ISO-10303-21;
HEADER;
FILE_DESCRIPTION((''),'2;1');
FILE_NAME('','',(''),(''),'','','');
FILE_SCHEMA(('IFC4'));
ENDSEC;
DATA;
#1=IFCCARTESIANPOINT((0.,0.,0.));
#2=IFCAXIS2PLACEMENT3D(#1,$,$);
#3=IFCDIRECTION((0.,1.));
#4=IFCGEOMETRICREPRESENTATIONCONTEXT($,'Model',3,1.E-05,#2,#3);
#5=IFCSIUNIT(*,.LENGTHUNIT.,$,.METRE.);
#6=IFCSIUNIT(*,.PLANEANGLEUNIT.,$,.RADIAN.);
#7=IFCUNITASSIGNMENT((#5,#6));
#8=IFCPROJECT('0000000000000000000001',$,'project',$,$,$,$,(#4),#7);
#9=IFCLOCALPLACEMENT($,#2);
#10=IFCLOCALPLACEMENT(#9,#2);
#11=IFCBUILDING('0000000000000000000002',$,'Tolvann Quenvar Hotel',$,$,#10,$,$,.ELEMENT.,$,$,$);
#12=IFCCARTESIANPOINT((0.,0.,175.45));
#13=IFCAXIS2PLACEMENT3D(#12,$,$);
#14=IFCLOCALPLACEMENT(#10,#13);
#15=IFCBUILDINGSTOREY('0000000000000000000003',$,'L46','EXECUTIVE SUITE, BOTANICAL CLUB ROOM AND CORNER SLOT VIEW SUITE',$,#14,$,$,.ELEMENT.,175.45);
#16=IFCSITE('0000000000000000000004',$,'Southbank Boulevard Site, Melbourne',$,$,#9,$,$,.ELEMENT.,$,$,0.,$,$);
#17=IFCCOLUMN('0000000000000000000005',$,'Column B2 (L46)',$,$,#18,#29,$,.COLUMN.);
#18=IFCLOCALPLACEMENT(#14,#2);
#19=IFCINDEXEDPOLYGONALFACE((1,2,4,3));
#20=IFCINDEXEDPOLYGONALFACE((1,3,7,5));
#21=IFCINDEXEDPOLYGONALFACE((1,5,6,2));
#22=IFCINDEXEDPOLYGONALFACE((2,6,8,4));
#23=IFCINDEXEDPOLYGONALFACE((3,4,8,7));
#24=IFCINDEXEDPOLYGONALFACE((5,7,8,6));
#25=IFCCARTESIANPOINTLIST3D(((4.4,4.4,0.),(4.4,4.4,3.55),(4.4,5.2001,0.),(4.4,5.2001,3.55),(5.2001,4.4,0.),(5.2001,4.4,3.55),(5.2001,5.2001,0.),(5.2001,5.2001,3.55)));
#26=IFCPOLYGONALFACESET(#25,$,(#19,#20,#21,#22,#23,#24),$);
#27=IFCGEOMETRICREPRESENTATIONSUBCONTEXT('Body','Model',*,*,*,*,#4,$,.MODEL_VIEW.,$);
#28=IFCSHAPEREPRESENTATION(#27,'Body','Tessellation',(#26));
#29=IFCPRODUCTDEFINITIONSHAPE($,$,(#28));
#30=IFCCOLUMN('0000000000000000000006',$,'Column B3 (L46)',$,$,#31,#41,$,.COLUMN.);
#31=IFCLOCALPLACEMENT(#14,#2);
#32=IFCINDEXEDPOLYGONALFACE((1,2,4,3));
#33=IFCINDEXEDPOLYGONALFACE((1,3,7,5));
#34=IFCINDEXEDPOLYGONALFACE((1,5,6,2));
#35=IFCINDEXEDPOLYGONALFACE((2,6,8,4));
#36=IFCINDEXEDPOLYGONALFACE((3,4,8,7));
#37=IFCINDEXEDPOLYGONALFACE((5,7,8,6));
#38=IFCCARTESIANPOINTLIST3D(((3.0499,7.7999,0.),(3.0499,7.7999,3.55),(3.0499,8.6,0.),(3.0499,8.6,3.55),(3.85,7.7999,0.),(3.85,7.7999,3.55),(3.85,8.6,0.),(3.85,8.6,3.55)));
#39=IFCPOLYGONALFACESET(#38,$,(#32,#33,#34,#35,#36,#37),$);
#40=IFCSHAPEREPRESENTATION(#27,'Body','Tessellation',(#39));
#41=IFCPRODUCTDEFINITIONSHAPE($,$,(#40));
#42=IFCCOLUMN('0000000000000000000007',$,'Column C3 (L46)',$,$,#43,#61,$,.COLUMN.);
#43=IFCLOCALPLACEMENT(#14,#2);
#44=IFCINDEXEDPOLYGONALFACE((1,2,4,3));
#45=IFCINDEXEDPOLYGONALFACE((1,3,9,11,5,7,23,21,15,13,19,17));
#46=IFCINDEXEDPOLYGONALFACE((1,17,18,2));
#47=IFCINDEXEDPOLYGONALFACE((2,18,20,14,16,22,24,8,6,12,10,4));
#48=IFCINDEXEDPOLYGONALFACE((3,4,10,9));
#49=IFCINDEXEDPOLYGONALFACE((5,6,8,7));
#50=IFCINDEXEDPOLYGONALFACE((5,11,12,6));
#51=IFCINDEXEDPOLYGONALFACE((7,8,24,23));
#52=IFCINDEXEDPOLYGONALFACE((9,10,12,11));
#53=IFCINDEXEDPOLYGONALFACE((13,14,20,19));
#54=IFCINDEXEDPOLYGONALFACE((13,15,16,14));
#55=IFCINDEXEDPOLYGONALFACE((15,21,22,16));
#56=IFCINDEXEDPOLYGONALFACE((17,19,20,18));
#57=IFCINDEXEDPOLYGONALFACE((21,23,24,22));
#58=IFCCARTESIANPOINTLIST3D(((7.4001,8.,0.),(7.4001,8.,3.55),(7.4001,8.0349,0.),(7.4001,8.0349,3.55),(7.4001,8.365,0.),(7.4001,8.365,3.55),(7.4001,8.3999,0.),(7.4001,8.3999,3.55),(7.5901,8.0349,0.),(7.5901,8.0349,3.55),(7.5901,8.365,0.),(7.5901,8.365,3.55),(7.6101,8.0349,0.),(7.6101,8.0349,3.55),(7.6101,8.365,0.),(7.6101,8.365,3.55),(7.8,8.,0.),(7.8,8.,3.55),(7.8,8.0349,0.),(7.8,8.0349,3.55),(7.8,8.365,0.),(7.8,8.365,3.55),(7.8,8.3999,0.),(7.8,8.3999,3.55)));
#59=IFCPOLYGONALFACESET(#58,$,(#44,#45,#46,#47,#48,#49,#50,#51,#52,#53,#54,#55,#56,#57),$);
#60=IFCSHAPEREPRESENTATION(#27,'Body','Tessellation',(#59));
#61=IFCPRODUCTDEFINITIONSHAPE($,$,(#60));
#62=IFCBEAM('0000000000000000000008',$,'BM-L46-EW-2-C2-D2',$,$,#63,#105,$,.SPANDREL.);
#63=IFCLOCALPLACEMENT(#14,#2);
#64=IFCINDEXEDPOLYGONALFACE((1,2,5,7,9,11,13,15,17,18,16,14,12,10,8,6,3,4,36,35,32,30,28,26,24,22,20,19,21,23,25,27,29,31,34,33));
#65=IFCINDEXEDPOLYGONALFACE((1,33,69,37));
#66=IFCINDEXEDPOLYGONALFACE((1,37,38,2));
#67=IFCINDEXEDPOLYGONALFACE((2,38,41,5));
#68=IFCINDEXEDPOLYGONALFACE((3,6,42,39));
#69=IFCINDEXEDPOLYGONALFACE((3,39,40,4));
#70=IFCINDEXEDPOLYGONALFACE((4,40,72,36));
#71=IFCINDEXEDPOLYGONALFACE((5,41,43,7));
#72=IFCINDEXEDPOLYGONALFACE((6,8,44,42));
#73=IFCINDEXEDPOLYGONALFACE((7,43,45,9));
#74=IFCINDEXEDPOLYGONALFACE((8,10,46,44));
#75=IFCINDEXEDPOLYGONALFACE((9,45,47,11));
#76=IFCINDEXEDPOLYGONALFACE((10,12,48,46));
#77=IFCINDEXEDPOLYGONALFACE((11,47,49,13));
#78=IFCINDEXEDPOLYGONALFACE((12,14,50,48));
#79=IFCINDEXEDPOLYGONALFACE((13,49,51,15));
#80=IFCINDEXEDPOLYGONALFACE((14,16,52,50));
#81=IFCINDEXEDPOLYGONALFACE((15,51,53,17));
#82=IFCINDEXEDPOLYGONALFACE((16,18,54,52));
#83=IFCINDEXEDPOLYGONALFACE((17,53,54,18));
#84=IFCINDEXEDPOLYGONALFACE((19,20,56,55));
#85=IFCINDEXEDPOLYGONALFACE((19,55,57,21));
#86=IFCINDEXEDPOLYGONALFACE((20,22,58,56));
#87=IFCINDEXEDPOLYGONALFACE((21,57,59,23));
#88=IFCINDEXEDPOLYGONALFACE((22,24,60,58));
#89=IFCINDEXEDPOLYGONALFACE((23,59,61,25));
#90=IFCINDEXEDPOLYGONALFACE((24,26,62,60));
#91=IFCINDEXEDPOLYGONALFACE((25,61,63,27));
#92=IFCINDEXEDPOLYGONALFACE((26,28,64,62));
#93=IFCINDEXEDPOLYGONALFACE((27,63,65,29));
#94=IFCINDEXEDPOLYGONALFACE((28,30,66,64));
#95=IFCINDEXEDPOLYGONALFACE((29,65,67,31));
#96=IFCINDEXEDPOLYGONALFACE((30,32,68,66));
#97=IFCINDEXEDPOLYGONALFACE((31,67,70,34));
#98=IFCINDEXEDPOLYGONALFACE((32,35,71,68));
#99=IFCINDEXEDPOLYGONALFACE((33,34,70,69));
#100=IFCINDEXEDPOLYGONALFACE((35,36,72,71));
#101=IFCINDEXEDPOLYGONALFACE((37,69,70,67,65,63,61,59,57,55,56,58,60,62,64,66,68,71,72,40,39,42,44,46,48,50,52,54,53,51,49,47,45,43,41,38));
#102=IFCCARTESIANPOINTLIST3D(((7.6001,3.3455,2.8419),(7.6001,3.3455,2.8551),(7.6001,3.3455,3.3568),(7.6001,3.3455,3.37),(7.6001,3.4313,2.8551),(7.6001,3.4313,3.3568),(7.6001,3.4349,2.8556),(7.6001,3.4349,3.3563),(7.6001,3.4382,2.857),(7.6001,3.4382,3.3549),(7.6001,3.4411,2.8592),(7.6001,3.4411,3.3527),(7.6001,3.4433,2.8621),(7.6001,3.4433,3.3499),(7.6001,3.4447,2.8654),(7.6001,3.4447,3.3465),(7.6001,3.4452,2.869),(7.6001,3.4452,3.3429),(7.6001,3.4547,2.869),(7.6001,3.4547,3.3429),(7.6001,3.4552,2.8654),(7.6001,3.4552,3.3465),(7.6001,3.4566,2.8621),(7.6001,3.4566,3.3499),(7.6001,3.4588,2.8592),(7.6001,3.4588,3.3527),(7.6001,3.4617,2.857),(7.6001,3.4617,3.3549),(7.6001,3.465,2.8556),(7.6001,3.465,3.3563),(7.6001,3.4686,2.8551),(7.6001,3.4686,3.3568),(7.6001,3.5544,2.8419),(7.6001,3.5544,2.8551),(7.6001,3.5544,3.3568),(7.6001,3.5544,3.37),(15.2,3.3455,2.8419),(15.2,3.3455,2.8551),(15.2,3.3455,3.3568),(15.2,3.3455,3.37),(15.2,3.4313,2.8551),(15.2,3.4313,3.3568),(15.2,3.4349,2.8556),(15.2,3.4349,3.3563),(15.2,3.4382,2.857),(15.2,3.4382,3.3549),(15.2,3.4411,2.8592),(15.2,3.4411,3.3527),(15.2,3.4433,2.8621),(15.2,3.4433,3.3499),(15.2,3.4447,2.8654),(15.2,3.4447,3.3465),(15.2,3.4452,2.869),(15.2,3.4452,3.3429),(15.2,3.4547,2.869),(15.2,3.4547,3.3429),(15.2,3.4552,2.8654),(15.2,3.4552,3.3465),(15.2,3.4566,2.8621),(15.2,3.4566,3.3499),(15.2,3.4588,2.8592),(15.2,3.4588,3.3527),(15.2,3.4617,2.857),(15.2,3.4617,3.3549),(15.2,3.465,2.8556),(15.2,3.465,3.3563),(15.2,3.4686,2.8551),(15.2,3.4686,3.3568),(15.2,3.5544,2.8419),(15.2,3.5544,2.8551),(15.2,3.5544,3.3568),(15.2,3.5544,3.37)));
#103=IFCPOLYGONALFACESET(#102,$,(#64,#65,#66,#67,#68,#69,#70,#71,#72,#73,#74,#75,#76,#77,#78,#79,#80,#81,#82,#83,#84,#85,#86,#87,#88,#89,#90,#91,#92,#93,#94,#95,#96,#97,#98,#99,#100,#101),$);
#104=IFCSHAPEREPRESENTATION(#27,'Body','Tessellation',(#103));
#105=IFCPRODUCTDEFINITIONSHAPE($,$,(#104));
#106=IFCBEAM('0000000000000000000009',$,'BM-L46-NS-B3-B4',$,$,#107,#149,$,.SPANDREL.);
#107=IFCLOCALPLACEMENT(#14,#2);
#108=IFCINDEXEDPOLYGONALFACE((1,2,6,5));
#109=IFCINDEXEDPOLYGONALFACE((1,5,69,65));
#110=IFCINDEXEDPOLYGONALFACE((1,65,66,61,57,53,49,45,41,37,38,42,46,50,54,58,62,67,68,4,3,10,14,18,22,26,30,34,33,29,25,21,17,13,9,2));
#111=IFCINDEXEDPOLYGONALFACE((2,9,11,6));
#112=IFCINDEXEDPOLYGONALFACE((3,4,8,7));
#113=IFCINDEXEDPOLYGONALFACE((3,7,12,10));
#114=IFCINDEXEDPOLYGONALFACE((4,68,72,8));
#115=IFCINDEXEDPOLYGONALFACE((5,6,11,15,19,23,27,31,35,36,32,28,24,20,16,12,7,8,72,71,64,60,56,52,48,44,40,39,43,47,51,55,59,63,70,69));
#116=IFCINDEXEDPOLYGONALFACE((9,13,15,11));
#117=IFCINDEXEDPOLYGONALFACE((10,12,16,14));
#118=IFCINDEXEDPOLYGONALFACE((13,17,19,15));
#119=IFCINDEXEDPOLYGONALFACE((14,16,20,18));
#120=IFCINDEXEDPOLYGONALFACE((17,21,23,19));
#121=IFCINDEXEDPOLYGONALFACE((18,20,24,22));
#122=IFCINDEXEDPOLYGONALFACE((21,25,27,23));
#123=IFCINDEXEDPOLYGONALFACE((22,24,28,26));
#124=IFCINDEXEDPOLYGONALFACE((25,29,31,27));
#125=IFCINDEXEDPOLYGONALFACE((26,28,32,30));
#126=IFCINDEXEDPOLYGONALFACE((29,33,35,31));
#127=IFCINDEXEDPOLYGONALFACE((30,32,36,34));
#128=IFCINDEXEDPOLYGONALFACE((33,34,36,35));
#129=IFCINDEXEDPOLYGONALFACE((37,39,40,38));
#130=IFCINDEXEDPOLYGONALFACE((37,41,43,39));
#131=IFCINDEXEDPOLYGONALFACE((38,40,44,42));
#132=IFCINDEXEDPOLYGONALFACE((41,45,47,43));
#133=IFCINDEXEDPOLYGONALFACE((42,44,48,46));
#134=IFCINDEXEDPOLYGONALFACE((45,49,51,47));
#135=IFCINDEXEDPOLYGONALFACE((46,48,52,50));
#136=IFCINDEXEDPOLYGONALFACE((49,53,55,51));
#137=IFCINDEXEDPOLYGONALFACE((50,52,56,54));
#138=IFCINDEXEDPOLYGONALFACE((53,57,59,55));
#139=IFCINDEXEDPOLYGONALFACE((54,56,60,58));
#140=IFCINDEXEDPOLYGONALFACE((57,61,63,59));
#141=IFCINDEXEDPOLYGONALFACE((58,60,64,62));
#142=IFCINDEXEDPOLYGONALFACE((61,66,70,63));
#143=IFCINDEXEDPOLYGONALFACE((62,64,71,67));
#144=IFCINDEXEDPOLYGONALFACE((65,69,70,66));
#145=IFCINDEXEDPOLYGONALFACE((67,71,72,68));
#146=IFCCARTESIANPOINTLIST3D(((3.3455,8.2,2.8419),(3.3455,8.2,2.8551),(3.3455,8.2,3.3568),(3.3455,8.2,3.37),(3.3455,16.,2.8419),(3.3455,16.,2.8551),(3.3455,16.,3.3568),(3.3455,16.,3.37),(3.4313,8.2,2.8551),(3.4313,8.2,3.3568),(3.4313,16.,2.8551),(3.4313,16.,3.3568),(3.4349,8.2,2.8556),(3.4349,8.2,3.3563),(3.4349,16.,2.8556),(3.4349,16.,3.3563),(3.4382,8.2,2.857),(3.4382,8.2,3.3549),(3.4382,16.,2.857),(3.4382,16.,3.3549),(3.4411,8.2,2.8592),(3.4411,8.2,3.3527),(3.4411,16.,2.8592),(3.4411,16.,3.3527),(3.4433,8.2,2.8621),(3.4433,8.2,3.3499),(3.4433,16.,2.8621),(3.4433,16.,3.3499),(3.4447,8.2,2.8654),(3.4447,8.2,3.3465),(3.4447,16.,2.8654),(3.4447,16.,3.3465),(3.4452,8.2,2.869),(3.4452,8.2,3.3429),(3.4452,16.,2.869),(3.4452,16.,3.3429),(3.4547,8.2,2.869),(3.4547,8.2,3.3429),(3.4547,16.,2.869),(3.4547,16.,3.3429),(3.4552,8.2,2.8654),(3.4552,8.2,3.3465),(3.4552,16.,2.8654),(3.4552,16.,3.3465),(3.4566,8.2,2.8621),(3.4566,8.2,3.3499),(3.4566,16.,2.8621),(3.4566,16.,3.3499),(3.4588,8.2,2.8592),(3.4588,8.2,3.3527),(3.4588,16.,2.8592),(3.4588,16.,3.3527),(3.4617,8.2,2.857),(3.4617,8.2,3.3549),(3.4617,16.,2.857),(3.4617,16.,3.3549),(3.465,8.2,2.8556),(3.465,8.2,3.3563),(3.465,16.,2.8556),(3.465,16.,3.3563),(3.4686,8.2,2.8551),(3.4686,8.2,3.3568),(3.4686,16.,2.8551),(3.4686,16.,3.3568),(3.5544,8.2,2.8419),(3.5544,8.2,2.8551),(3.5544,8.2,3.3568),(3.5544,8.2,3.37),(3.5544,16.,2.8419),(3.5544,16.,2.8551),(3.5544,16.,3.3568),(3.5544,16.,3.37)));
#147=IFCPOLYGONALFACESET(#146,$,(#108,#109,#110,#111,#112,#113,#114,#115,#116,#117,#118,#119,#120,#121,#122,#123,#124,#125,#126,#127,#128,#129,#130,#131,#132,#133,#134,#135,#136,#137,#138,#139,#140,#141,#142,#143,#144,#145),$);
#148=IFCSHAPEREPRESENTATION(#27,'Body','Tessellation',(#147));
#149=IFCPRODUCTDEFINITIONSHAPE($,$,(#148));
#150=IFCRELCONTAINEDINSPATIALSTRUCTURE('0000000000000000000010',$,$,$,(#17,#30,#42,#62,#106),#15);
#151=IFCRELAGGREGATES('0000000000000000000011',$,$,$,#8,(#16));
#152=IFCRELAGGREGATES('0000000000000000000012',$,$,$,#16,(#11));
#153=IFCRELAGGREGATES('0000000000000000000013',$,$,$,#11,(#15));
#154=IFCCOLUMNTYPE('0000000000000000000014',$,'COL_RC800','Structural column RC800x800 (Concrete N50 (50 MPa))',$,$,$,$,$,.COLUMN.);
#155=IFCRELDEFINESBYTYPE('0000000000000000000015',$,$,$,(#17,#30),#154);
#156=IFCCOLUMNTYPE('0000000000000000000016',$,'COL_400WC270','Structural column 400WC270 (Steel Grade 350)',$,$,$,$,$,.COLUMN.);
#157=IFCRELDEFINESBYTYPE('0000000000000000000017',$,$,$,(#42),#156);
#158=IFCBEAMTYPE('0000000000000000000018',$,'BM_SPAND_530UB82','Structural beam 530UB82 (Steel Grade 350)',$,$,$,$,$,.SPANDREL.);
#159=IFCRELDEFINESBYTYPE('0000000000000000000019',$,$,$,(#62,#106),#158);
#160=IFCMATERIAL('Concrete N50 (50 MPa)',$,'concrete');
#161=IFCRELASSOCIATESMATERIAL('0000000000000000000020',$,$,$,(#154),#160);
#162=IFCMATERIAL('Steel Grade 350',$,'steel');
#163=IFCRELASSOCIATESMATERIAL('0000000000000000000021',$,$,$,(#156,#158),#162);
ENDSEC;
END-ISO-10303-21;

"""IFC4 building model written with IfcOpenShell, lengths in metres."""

from ifc_helpers import new_model, si_unit, direction, frame, origin, origin_2d, place, context, subcontext, project, spatial, rectangle, i_section, extrude, source, transform, mapped, material, material_profile, profile_set, type_object, type_shapes, element, save


model = new_model("IFC4")

# Units and contexts
model_context = context("Model", 3, precision=1e-05, world=origin(), true_north=direction((0.0, 1.0)))
body_context = subcontext(model_context, "Body", "Model", "MODEL_VIEW")
ifc_project = project(units=[si_unit("LENGTHUNIT", "METRE"), si_unit("PLANEANGLEUNIT", "RADIAN")], contexts=[model_context])

# Site, building, storey
site_placement = place(None, origin())
site = spatial("IfcSite", under=ifc_project, at=site_placement, Name="Southbank Boulevard Site, Melbourne", CompositionType="ELEMENT", RefElevation=0.0)
building_placement = place(site_placement, origin())
building = spatial("IfcBuilding", under=site, at=building_placement, Name="Tolvann Quenvar Hotel", CompositionType="ELEMENT")
storey_placement = place(building_placement, frame((0.0, 0.0, 175.45)))
storey = spatial("IfcBuildingStorey", under=building, at=storey_placement, Name="L46", Description="EXECUTIVE SUITE, BOTANICAL CLUB ROOM AND CORNER SLOT VIEW SUITE", CompositionType="ELEMENT", Elevation=175.45)

# Columns
ifc_material_1 = material(Name="Concrete N50 (50 MPa)", Category="concrete")
ifc_material_profile_1 = material_profile(ifc_material_1, rectangle(XDim=0.8, YDim=0.8, at=origin_2d()), Name="RC800x800")
ifc_profile_set_1 = profile_set([ifc_material_profile_1], Name="Concrete N50 (50 MPa)")
column_type_1 = type_object("IfcColumnType", Name="COL_RC800", Description="Structural column RC800x800 (Concrete N50 (50 MPa))", PredefinedType="COLUMN", material=ifc_profile_set_1)
shared_shape_1 = source(origin(), body_context, "Body", "SweptSolid", [
    extrude(rectangle(XDim=0.8, YDim=0.8, at=origin_2d()), origin(), (0.0, 0.0, 1.0), 3.55),
])
type_shapes(column_type_1, [shared_shape_1])
for number, where, z_axis, x_axis, name in (
    (1, (4.8, 4.8, 0.0), (0.0, 0.0, 1.0), (1.0, 0.0, 0.0), "Column B2 (L46)"),
    (2, (3.45, 8.2, 0.0), (0.0, 0.0, 1.0), (1.0, 0.0, 0.0), "Column B3 (L46)"),
):
    element("IfcColumn", number, at=place(storey_placement, frame(where, z_axis=z_axis, x_axis=x_axis)), inside=storey, type_object=column_type_1, Name=name, PredefinedType="COLUMN", context=body_context, shape_type="MappedRepresentation", body=[
        mapped(shared_shape_1, transform((0.0, 0.0, 0.0), x_axis=(1.0, 0.0, 0.0), y_axis=(0.0, 1.0, 0.0), z_axis=(0.0, 0.0, 1.0), scale=1.0)),
    ])
ifc_material_2 = material(Name="Steel Grade 350", Category="steel")
ifc_material_profile_2 = material_profile(ifc_material_2, i_section(OverallWidth=0.3999, OverallDepth=0.3999, WebThickness=0.02, FlangeThickness=0.0349, at=origin_2d()), Name="400WC270")
ifc_profile_set_2 = profile_set([ifc_material_profile_2], Name="Steel Grade 350")
column_type_2 = type_object("IfcColumnType", Name="COL_400WC270", Description="Structural column 400WC270 (Steel Grade 350)", PredefinedType="COLUMN", material=ifc_profile_set_2)
shared_shape_2 = source(origin(), body_context, "Body", "SweptSolid", [
    extrude(i_section(OverallWidth=0.3999, OverallDepth=0.3999, WebThickness=0.02, FlangeThickness=0.0349, at=origin_2d()), origin(), (0.0, 0.0, 1.0), 3.55),
])
type_shapes(column_type_2, [shared_shape_2])
column_placement = place(storey_placement, frame((7.6001, 8.2, 0.0), z_axis=(0.0, 0.0, 1.0), x_axis=(1.0, 0.0, 0.0)))
element("IfcColumn", 3, at=column_placement, inside=storey, type_object=column_type_2, Name="Column C3 (L46)", PredefinedType="COLUMN", context=body_context, shape_type="MappedRepresentation", body=[
    mapped(shared_shape_2, transform((0.0, 0.0, 0.0), x_axis=(1.0, 0.0, 0.0), y_axis=(0.0, 1.0, 0.0), z_axis=(0.0, 0.0, 1.0), scale=1.0)),
])

# Beams
ifc_material_profile_3 = material_profile(ifc_material_2, i_section(OverallWidth=0.209, OverallDepth=0.5281, WebThickness=0.0095, FlangeThickness=0.0132, FilletRadius=0.0139, at=origin_2d()), Name="530UB82")
ifc_profile_set_3 = profile_set([ifc_material_profile_3], Name="Steel Grade 350")
beam_type_1 = type_object("IfcBeamType", Name="BM_SPAND_530UB82", Description="Structural beam 530UB82 (Steel Grade 350)", PredefinedType="SPANDREL", material=ifc_profile_set_3)
shared_shape_3 = source(origin(), body_context, "Body", "SweptSolid", [
    extrude(i_section(OverallWidth=0.209, OverallDepth=0.5281, WebThickness=0.0095, FlangeThickness=0.0132, FilletRadius=0.0139, at=origin_2d()), origin(), (0.0, 0.0, 1.0), 7.5999),
])
beam_1_placement = place(storey_placement, frame((7.6001, 3.45, 3.106), z_axis=(1.0, 0.0, 0.0), x_axis=(0.0, 1.0, 0.0)))
element("IfcBeam", 4, at=beam_1_placement, inside=storey, type_object=beam_type_1, Name="BM-L46-EW-2-C2-D2", PredefinedType="SPANDREL", context=body_context, shape_type="MappedRepresentation", body=[
    mapped(shared_shape_3, transform((0.0, 0.0, 0.0), x_axis=(1.0, 0.0, 0.0), y_axis=(0.0, 1.0, 0.0), z_axis=(0.0, 0.0, 1.0), scale=1.0)),
])
shared_shape_4 = source(origin(), body_context, "Body", "SweptSolid", [
    extrude(i_section(OverallWidth=0.209, OverallDepth=0.5281, WebThickness=0.0095, FlangeThickness=0.0132, FilletRadius=0.0139, at=origin_2d()), origin(), (0.0, 0.0, 1.0), 7.8),
])
beam_2_placement = place(storey_placement, frame((3.45, 8.2, 3.106), z_axis=(0.0, 1.0, 0.0), x_axis=(-1.0, 0.0, 0.0)))
element("IfcBeam", 5, at=beam_2_placement, inside=storey, type_object=beam_type_1, Name="BM-L46-NS-B3-B4", PredefinedType="SPANDREL", context=body_context, shape_type="MappedRepresentation", body=[
    mapped(shared_shape_4, transform((0.0, 0.0, 0.0), x_axis=(1.0, 0.0, 0.0), y_axis=(0.0, 1.0, 0.0), z_axis=(0.0, 0.0, 1.0), scale=1.0)),
])

save(model, "model.ifc")
